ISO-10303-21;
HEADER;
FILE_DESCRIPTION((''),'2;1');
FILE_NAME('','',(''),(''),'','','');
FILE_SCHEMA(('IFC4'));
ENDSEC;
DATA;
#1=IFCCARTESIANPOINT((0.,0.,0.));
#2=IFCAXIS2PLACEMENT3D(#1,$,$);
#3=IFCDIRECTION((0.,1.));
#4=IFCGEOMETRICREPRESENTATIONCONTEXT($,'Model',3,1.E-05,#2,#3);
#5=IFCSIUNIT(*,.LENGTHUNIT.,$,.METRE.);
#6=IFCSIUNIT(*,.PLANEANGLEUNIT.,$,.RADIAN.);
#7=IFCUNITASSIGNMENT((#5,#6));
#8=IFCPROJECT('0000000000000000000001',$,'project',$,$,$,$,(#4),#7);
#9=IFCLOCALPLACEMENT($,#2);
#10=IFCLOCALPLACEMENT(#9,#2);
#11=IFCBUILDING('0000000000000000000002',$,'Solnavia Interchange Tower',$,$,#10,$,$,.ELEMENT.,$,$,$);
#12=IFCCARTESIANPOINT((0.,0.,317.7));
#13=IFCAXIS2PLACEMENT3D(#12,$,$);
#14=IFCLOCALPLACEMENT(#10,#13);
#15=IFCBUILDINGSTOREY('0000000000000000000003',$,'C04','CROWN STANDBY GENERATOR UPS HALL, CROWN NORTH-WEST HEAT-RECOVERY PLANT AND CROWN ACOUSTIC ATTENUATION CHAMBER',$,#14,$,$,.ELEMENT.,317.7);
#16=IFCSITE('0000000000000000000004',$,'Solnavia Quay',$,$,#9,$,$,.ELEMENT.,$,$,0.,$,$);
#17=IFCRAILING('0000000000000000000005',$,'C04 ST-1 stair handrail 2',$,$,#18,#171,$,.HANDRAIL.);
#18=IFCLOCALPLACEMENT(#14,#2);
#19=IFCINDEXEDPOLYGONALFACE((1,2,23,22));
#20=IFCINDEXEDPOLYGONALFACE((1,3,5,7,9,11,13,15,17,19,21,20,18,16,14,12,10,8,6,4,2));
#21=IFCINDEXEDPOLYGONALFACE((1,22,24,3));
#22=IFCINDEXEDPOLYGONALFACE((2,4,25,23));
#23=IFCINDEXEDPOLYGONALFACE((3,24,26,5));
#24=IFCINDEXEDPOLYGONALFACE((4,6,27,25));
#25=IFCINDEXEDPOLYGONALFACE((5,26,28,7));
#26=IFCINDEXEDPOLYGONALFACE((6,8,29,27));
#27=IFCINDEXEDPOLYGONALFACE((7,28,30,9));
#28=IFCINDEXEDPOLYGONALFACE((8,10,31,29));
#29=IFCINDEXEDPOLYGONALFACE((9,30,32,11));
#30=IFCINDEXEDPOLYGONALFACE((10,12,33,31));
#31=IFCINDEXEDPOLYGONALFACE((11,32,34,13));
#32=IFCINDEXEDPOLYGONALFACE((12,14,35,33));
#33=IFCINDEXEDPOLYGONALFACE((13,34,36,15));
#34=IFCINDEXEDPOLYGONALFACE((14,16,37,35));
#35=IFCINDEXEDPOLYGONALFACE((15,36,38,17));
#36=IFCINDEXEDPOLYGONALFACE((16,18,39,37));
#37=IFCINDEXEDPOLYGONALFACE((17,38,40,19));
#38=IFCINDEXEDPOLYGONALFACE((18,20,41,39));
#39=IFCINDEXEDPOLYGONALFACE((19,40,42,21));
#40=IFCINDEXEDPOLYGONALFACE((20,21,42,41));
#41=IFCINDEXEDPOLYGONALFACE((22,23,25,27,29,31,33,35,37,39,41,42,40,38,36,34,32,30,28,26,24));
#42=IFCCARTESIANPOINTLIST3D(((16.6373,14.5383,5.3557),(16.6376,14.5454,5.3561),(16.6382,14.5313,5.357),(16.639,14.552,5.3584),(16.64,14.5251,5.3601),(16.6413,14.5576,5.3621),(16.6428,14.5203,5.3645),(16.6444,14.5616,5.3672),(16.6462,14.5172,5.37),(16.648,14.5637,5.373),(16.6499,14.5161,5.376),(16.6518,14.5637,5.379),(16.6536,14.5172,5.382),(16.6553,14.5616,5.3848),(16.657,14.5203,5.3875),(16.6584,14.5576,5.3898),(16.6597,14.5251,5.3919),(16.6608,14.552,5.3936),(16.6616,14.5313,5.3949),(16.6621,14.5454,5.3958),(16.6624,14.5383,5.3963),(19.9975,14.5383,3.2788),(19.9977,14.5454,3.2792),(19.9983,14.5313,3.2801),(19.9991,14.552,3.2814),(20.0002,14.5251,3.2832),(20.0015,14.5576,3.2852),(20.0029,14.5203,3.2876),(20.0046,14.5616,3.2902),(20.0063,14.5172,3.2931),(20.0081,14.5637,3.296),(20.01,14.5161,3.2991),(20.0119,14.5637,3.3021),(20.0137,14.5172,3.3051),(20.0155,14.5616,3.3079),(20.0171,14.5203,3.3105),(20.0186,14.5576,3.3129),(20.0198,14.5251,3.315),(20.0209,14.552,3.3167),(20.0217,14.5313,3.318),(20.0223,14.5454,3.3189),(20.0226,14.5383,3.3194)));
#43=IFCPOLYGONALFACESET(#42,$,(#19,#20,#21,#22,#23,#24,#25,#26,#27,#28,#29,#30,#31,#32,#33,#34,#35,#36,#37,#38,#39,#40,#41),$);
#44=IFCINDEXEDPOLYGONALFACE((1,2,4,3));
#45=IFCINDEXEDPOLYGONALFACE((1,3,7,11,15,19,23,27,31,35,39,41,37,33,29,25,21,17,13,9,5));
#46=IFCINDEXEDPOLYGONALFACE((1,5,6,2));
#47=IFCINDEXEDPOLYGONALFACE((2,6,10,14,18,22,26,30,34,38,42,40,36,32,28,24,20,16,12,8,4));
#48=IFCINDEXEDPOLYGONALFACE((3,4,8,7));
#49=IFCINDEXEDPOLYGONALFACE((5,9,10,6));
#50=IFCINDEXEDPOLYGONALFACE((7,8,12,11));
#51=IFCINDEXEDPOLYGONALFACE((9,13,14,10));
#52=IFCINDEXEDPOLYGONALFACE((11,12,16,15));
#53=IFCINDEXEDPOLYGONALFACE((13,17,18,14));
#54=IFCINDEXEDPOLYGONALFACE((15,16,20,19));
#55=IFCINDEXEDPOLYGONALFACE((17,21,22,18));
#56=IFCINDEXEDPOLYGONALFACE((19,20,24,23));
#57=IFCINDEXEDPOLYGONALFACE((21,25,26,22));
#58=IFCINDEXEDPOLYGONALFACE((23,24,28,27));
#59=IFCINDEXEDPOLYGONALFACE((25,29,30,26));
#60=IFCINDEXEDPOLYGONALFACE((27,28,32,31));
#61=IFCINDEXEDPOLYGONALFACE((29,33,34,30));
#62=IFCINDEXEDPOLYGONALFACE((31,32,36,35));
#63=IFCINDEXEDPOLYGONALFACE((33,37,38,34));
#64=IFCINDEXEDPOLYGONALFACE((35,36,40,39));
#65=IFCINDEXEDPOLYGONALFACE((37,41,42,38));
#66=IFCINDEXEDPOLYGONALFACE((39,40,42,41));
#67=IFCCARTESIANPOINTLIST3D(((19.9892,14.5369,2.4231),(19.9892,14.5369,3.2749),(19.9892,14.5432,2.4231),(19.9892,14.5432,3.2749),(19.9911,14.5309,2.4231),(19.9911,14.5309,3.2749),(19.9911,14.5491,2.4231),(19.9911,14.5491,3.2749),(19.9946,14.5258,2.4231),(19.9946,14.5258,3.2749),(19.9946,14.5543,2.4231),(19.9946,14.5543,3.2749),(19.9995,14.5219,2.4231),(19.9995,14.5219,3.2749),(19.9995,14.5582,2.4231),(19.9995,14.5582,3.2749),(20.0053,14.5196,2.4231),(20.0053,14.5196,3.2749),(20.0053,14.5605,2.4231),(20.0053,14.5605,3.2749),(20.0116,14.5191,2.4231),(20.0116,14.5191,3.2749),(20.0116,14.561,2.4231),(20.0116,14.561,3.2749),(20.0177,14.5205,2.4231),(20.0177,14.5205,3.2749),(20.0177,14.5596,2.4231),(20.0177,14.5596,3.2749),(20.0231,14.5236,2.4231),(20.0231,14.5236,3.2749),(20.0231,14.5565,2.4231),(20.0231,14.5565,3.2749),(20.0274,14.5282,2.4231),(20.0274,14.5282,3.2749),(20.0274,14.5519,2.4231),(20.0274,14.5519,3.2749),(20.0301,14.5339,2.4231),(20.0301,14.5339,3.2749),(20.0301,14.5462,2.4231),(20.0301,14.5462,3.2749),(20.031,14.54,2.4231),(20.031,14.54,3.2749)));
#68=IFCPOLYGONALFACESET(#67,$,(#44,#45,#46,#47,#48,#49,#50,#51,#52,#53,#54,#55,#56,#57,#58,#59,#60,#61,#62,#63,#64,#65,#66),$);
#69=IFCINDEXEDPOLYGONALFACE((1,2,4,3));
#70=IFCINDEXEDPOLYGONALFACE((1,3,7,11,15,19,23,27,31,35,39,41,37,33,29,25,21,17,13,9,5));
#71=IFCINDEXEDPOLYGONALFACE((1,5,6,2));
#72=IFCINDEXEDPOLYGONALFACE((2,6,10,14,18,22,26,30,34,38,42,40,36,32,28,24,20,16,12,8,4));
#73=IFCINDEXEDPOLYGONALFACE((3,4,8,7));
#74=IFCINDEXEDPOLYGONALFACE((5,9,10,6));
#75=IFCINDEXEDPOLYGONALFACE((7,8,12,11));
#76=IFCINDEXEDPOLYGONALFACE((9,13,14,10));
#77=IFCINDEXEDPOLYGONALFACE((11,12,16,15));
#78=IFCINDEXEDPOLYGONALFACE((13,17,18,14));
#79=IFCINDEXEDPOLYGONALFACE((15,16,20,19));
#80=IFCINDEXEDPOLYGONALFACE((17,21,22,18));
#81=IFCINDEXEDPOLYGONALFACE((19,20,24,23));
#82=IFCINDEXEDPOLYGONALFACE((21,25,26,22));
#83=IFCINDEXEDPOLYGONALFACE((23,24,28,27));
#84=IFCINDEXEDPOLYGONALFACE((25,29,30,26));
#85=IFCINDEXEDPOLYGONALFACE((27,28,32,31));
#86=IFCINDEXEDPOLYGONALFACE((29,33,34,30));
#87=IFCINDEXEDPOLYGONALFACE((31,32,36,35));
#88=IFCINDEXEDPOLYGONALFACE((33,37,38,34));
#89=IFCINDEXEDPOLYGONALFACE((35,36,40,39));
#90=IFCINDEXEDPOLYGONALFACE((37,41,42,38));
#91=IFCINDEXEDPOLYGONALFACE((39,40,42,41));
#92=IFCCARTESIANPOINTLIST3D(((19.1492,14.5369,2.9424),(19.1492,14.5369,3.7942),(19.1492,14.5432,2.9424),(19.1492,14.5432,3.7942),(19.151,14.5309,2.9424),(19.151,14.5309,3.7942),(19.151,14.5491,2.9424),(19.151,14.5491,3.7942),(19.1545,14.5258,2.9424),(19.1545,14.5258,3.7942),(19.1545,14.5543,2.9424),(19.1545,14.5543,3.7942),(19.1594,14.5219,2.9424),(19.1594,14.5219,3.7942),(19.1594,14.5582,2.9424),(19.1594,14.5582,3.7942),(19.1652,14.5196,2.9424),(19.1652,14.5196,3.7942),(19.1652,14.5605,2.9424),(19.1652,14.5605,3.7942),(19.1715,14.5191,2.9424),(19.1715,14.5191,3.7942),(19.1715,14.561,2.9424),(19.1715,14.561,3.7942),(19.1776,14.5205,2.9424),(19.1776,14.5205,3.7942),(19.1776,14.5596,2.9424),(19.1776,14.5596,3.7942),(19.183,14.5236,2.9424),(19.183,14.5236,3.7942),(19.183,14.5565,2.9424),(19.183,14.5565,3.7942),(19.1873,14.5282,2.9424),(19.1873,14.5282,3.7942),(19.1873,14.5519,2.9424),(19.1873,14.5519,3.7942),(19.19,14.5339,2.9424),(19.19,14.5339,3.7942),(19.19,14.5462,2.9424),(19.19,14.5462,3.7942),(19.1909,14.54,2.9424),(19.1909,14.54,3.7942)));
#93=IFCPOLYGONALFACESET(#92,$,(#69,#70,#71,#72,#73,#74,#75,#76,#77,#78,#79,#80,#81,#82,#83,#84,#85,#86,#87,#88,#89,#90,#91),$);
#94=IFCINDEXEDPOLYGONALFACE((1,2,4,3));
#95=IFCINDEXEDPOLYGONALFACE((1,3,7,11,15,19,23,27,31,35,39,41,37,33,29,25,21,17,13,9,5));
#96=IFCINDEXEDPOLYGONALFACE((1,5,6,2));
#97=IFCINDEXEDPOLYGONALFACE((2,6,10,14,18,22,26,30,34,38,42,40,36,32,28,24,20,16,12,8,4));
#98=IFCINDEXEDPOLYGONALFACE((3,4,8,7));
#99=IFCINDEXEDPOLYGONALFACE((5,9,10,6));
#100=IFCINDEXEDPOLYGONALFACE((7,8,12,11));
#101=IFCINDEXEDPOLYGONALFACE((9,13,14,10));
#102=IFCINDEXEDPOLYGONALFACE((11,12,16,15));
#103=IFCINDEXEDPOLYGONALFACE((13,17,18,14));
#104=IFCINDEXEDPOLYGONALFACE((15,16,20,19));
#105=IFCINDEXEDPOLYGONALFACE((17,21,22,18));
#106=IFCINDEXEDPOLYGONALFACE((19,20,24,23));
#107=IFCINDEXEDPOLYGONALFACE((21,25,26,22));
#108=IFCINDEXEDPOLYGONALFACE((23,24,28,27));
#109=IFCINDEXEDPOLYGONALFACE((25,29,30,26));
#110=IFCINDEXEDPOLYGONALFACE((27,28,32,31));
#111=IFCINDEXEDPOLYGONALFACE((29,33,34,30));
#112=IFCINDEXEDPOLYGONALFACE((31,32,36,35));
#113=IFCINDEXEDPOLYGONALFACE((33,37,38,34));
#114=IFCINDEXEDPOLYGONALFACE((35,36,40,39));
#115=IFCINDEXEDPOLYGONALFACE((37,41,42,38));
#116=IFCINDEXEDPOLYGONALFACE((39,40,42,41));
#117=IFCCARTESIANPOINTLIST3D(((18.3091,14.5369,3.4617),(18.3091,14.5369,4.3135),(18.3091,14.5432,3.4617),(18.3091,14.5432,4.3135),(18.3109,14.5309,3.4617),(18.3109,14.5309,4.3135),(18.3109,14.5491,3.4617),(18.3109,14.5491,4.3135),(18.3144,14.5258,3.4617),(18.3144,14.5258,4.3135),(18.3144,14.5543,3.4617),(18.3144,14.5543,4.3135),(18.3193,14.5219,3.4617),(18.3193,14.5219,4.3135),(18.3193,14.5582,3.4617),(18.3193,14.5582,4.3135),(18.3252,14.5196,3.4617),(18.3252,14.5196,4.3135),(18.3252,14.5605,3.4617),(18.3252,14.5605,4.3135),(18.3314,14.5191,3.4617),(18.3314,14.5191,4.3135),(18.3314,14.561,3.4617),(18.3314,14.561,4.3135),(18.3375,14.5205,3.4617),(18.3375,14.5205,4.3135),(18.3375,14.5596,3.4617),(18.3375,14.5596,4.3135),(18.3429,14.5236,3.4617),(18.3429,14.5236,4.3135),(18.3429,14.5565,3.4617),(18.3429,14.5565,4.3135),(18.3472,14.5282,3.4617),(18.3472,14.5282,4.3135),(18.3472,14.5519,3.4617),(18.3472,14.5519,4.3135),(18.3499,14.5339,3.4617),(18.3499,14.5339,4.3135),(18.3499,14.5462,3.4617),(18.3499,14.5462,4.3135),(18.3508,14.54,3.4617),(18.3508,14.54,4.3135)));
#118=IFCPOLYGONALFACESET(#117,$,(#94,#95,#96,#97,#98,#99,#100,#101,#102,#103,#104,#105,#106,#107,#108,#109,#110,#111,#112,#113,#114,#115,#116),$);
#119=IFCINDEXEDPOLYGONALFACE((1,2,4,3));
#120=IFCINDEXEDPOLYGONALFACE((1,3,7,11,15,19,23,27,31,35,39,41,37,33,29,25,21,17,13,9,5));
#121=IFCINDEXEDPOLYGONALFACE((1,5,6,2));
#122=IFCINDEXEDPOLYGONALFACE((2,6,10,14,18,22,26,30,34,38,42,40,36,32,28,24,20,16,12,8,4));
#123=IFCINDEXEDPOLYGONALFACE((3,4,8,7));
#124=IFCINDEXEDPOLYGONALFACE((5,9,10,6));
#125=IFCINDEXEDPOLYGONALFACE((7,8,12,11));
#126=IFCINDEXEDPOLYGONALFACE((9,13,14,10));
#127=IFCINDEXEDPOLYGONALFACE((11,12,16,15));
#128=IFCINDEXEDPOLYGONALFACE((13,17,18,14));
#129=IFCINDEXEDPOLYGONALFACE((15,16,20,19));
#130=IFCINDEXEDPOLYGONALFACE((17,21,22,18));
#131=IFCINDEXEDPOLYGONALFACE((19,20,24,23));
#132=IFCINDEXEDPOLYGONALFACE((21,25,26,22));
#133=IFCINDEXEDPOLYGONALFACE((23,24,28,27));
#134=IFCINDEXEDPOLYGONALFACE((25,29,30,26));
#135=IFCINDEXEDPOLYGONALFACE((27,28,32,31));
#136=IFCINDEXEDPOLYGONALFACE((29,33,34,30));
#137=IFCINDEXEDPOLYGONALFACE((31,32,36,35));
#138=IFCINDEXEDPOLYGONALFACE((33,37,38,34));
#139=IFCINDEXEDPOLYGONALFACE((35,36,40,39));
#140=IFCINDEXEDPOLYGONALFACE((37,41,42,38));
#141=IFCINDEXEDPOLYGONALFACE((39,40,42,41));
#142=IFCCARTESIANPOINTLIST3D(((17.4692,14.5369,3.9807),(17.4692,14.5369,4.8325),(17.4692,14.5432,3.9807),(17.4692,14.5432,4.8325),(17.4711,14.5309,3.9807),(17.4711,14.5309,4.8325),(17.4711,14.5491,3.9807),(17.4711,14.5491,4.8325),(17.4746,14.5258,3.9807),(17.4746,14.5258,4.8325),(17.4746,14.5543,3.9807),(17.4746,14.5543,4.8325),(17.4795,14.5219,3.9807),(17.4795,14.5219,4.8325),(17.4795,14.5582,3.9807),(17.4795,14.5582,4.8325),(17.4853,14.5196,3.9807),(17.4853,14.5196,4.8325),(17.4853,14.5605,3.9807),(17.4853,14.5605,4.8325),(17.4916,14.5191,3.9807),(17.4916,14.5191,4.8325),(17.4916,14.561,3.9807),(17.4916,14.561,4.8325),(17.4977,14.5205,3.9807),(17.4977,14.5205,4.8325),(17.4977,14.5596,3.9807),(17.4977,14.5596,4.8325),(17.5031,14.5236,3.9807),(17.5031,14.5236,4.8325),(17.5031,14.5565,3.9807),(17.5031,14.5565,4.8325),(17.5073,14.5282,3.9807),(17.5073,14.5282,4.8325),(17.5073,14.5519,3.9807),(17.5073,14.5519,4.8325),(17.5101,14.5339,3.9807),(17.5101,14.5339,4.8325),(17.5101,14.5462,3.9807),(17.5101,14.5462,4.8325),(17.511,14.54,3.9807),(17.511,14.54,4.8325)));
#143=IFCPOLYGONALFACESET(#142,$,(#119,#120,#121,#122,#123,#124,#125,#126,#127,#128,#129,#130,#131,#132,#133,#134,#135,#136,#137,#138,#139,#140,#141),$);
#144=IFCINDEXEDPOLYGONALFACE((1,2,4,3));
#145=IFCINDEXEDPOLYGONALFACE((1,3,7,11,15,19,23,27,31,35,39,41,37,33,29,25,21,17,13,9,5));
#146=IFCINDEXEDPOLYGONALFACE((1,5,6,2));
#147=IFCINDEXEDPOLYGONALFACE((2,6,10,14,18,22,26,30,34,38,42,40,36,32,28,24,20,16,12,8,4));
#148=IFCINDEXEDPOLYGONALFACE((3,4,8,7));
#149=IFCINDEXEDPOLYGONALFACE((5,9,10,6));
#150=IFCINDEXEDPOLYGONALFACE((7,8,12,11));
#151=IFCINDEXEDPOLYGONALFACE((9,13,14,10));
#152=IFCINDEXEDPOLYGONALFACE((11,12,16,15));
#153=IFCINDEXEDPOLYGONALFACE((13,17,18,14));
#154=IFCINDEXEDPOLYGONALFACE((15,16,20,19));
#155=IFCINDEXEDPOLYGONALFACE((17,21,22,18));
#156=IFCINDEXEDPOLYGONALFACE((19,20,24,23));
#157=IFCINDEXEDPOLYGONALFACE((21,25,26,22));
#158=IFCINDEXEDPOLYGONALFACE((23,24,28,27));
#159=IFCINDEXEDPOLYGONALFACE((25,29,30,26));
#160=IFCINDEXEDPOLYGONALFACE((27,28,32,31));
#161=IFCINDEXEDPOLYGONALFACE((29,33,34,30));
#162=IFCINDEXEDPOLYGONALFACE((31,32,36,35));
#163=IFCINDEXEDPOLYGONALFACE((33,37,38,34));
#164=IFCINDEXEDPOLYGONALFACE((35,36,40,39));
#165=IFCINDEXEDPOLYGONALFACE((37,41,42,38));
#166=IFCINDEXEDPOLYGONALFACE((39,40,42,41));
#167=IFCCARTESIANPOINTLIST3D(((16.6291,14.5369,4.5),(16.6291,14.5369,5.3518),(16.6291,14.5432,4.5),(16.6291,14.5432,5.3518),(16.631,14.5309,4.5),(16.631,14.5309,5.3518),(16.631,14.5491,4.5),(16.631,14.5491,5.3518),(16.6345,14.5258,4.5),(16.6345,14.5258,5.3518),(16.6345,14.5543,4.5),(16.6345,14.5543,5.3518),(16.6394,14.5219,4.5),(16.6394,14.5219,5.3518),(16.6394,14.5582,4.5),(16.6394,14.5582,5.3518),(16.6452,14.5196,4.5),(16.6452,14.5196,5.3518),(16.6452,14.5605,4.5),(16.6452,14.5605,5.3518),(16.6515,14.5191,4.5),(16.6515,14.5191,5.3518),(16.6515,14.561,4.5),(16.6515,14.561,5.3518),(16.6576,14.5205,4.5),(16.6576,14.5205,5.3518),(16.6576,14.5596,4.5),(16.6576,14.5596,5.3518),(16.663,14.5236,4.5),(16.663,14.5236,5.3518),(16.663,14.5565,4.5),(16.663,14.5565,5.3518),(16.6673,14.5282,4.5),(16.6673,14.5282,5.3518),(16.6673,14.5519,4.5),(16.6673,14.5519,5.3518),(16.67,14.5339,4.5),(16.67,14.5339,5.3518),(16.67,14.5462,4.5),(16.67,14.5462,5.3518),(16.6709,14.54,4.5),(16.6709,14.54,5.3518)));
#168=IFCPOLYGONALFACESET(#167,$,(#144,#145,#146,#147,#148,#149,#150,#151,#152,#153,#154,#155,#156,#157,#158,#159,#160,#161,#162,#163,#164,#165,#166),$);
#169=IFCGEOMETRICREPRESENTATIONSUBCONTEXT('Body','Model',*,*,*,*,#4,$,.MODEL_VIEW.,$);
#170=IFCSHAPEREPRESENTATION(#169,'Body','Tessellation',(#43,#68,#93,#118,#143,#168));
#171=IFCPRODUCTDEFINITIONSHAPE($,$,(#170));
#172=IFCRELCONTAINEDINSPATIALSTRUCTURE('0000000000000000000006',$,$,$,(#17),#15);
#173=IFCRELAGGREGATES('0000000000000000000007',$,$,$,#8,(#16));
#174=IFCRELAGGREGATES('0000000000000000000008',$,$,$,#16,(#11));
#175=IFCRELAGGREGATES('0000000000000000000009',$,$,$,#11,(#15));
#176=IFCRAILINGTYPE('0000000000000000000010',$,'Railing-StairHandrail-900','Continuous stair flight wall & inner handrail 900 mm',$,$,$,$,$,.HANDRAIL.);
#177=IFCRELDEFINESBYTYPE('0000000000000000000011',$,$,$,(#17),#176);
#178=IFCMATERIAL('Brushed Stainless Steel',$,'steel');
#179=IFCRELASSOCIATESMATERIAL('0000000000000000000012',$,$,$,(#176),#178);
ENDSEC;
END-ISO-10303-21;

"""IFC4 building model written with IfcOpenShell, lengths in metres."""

from ifc_helpers import new_model, si_unit, direction, frame, origin, origin_2d, place, context, subcontext, project, spatial, circle, extrude, material, type_object, element, save


model = new_model("IFC4")

# Units and contexts
model_context = context("Model", 3, precision=1e-05, world=origin(), true_north=direction((0.0, 1.0)))
body_context = subcontext(model_context, "Body", "Model", "MODEL_VIEW")
ifc_project = project(units=[si_unit("LENGTHUNIT", "METRE"), si_unit("PLANEANGLEUNIT", "RADIAN")], contexts=[model_context])

# Site, building, storey
site_placement = place(None, origin())
site = spatial("IfcSite", under=ifc_project, at=site_placement, Name="Solnavia Quay", CompositionType="ELEMENT", RefElevation=0.0)
building_placement = place(site_placement, origin())
building = spatial("IfcBuilding", under=site, at=building_placement, Name="Solnavia Interchange Tower", CompositionType="ELEMENT")
storey_placement = place(building_placement, frame((0.0, 0.0, 317.7)))
storey = spatial("IfcBuildingStorey", under=building, at=storey_placement, Name="C04", Description="CROWN STANDBY GENERATOR UPS HALL, CROWN NORTH-WEST HEAT-RECOVERY PLANT AND CROWN ACOUSTIC ATTENUATION CHAMBER", CompositionType="ELEMENT", Elevation=317.7)

# Railing
ifc_material_1 = material(Name="Brushed Stainless Steel", Category="steel")
railing_type_1 = type_object("IfcRailingType", Name="Railing-StairHandrail-900", Description="Continuous stair flight wall & inner handrail 900 mm", PredefinedType="HANDRAIL", material=ifc_material_1)
railing_1_placement = place(storey_placement, frame((20.01, 14.54, 2.4231)))
element("IfcRailing", 1, at=railing_1_placement, inside=storey, type_object=railing_type_1, Name="C04 ST-1 stair handrail 2", PredefinedType="HANDRAIL", context=body_context, shape_type="SweptSolid", body=[
    extrude(circle(Radius=0.0239, at=origin_2d()), frame((0.0, 0.0, 0.876), z_axis=(-0.850623, 0.0, 0.525776), x_axis=(0.0, -1.0, 0.0)), (0.0, 0.0, 1.0), 3.9502),
    extrude(circle(Radius=0.021, at=origin_2d()), origin(), (0.0, 0.0, 1.0), 0.8518),
    extrude(circle(Radius=0.021, at=origin_2d()), frame((-0.8401, 0.0, 0.5193)), (0.0, 0.0, 1.0), 0.8518),
    extrude(circle(Radius=0.021, at=origin_2d()), frame((-1.6802, 0.0, 1.0386)), (0.0, 0.0, 1.0), 0.8518),
    extrude(circle(Radius=0.021, at=origin_2d()), frame((-2.52, 0.0, 1.5576)), (0.0, 0.0, 1.0), 0.8518),
    extrude(circle(Radius=0.021, at=origin_2d()), frame((-3.3601, 0.0, 2.0769)), (0.0, 0.0, 1.0), 0.8518),
])

save(model, "model.ifc")
